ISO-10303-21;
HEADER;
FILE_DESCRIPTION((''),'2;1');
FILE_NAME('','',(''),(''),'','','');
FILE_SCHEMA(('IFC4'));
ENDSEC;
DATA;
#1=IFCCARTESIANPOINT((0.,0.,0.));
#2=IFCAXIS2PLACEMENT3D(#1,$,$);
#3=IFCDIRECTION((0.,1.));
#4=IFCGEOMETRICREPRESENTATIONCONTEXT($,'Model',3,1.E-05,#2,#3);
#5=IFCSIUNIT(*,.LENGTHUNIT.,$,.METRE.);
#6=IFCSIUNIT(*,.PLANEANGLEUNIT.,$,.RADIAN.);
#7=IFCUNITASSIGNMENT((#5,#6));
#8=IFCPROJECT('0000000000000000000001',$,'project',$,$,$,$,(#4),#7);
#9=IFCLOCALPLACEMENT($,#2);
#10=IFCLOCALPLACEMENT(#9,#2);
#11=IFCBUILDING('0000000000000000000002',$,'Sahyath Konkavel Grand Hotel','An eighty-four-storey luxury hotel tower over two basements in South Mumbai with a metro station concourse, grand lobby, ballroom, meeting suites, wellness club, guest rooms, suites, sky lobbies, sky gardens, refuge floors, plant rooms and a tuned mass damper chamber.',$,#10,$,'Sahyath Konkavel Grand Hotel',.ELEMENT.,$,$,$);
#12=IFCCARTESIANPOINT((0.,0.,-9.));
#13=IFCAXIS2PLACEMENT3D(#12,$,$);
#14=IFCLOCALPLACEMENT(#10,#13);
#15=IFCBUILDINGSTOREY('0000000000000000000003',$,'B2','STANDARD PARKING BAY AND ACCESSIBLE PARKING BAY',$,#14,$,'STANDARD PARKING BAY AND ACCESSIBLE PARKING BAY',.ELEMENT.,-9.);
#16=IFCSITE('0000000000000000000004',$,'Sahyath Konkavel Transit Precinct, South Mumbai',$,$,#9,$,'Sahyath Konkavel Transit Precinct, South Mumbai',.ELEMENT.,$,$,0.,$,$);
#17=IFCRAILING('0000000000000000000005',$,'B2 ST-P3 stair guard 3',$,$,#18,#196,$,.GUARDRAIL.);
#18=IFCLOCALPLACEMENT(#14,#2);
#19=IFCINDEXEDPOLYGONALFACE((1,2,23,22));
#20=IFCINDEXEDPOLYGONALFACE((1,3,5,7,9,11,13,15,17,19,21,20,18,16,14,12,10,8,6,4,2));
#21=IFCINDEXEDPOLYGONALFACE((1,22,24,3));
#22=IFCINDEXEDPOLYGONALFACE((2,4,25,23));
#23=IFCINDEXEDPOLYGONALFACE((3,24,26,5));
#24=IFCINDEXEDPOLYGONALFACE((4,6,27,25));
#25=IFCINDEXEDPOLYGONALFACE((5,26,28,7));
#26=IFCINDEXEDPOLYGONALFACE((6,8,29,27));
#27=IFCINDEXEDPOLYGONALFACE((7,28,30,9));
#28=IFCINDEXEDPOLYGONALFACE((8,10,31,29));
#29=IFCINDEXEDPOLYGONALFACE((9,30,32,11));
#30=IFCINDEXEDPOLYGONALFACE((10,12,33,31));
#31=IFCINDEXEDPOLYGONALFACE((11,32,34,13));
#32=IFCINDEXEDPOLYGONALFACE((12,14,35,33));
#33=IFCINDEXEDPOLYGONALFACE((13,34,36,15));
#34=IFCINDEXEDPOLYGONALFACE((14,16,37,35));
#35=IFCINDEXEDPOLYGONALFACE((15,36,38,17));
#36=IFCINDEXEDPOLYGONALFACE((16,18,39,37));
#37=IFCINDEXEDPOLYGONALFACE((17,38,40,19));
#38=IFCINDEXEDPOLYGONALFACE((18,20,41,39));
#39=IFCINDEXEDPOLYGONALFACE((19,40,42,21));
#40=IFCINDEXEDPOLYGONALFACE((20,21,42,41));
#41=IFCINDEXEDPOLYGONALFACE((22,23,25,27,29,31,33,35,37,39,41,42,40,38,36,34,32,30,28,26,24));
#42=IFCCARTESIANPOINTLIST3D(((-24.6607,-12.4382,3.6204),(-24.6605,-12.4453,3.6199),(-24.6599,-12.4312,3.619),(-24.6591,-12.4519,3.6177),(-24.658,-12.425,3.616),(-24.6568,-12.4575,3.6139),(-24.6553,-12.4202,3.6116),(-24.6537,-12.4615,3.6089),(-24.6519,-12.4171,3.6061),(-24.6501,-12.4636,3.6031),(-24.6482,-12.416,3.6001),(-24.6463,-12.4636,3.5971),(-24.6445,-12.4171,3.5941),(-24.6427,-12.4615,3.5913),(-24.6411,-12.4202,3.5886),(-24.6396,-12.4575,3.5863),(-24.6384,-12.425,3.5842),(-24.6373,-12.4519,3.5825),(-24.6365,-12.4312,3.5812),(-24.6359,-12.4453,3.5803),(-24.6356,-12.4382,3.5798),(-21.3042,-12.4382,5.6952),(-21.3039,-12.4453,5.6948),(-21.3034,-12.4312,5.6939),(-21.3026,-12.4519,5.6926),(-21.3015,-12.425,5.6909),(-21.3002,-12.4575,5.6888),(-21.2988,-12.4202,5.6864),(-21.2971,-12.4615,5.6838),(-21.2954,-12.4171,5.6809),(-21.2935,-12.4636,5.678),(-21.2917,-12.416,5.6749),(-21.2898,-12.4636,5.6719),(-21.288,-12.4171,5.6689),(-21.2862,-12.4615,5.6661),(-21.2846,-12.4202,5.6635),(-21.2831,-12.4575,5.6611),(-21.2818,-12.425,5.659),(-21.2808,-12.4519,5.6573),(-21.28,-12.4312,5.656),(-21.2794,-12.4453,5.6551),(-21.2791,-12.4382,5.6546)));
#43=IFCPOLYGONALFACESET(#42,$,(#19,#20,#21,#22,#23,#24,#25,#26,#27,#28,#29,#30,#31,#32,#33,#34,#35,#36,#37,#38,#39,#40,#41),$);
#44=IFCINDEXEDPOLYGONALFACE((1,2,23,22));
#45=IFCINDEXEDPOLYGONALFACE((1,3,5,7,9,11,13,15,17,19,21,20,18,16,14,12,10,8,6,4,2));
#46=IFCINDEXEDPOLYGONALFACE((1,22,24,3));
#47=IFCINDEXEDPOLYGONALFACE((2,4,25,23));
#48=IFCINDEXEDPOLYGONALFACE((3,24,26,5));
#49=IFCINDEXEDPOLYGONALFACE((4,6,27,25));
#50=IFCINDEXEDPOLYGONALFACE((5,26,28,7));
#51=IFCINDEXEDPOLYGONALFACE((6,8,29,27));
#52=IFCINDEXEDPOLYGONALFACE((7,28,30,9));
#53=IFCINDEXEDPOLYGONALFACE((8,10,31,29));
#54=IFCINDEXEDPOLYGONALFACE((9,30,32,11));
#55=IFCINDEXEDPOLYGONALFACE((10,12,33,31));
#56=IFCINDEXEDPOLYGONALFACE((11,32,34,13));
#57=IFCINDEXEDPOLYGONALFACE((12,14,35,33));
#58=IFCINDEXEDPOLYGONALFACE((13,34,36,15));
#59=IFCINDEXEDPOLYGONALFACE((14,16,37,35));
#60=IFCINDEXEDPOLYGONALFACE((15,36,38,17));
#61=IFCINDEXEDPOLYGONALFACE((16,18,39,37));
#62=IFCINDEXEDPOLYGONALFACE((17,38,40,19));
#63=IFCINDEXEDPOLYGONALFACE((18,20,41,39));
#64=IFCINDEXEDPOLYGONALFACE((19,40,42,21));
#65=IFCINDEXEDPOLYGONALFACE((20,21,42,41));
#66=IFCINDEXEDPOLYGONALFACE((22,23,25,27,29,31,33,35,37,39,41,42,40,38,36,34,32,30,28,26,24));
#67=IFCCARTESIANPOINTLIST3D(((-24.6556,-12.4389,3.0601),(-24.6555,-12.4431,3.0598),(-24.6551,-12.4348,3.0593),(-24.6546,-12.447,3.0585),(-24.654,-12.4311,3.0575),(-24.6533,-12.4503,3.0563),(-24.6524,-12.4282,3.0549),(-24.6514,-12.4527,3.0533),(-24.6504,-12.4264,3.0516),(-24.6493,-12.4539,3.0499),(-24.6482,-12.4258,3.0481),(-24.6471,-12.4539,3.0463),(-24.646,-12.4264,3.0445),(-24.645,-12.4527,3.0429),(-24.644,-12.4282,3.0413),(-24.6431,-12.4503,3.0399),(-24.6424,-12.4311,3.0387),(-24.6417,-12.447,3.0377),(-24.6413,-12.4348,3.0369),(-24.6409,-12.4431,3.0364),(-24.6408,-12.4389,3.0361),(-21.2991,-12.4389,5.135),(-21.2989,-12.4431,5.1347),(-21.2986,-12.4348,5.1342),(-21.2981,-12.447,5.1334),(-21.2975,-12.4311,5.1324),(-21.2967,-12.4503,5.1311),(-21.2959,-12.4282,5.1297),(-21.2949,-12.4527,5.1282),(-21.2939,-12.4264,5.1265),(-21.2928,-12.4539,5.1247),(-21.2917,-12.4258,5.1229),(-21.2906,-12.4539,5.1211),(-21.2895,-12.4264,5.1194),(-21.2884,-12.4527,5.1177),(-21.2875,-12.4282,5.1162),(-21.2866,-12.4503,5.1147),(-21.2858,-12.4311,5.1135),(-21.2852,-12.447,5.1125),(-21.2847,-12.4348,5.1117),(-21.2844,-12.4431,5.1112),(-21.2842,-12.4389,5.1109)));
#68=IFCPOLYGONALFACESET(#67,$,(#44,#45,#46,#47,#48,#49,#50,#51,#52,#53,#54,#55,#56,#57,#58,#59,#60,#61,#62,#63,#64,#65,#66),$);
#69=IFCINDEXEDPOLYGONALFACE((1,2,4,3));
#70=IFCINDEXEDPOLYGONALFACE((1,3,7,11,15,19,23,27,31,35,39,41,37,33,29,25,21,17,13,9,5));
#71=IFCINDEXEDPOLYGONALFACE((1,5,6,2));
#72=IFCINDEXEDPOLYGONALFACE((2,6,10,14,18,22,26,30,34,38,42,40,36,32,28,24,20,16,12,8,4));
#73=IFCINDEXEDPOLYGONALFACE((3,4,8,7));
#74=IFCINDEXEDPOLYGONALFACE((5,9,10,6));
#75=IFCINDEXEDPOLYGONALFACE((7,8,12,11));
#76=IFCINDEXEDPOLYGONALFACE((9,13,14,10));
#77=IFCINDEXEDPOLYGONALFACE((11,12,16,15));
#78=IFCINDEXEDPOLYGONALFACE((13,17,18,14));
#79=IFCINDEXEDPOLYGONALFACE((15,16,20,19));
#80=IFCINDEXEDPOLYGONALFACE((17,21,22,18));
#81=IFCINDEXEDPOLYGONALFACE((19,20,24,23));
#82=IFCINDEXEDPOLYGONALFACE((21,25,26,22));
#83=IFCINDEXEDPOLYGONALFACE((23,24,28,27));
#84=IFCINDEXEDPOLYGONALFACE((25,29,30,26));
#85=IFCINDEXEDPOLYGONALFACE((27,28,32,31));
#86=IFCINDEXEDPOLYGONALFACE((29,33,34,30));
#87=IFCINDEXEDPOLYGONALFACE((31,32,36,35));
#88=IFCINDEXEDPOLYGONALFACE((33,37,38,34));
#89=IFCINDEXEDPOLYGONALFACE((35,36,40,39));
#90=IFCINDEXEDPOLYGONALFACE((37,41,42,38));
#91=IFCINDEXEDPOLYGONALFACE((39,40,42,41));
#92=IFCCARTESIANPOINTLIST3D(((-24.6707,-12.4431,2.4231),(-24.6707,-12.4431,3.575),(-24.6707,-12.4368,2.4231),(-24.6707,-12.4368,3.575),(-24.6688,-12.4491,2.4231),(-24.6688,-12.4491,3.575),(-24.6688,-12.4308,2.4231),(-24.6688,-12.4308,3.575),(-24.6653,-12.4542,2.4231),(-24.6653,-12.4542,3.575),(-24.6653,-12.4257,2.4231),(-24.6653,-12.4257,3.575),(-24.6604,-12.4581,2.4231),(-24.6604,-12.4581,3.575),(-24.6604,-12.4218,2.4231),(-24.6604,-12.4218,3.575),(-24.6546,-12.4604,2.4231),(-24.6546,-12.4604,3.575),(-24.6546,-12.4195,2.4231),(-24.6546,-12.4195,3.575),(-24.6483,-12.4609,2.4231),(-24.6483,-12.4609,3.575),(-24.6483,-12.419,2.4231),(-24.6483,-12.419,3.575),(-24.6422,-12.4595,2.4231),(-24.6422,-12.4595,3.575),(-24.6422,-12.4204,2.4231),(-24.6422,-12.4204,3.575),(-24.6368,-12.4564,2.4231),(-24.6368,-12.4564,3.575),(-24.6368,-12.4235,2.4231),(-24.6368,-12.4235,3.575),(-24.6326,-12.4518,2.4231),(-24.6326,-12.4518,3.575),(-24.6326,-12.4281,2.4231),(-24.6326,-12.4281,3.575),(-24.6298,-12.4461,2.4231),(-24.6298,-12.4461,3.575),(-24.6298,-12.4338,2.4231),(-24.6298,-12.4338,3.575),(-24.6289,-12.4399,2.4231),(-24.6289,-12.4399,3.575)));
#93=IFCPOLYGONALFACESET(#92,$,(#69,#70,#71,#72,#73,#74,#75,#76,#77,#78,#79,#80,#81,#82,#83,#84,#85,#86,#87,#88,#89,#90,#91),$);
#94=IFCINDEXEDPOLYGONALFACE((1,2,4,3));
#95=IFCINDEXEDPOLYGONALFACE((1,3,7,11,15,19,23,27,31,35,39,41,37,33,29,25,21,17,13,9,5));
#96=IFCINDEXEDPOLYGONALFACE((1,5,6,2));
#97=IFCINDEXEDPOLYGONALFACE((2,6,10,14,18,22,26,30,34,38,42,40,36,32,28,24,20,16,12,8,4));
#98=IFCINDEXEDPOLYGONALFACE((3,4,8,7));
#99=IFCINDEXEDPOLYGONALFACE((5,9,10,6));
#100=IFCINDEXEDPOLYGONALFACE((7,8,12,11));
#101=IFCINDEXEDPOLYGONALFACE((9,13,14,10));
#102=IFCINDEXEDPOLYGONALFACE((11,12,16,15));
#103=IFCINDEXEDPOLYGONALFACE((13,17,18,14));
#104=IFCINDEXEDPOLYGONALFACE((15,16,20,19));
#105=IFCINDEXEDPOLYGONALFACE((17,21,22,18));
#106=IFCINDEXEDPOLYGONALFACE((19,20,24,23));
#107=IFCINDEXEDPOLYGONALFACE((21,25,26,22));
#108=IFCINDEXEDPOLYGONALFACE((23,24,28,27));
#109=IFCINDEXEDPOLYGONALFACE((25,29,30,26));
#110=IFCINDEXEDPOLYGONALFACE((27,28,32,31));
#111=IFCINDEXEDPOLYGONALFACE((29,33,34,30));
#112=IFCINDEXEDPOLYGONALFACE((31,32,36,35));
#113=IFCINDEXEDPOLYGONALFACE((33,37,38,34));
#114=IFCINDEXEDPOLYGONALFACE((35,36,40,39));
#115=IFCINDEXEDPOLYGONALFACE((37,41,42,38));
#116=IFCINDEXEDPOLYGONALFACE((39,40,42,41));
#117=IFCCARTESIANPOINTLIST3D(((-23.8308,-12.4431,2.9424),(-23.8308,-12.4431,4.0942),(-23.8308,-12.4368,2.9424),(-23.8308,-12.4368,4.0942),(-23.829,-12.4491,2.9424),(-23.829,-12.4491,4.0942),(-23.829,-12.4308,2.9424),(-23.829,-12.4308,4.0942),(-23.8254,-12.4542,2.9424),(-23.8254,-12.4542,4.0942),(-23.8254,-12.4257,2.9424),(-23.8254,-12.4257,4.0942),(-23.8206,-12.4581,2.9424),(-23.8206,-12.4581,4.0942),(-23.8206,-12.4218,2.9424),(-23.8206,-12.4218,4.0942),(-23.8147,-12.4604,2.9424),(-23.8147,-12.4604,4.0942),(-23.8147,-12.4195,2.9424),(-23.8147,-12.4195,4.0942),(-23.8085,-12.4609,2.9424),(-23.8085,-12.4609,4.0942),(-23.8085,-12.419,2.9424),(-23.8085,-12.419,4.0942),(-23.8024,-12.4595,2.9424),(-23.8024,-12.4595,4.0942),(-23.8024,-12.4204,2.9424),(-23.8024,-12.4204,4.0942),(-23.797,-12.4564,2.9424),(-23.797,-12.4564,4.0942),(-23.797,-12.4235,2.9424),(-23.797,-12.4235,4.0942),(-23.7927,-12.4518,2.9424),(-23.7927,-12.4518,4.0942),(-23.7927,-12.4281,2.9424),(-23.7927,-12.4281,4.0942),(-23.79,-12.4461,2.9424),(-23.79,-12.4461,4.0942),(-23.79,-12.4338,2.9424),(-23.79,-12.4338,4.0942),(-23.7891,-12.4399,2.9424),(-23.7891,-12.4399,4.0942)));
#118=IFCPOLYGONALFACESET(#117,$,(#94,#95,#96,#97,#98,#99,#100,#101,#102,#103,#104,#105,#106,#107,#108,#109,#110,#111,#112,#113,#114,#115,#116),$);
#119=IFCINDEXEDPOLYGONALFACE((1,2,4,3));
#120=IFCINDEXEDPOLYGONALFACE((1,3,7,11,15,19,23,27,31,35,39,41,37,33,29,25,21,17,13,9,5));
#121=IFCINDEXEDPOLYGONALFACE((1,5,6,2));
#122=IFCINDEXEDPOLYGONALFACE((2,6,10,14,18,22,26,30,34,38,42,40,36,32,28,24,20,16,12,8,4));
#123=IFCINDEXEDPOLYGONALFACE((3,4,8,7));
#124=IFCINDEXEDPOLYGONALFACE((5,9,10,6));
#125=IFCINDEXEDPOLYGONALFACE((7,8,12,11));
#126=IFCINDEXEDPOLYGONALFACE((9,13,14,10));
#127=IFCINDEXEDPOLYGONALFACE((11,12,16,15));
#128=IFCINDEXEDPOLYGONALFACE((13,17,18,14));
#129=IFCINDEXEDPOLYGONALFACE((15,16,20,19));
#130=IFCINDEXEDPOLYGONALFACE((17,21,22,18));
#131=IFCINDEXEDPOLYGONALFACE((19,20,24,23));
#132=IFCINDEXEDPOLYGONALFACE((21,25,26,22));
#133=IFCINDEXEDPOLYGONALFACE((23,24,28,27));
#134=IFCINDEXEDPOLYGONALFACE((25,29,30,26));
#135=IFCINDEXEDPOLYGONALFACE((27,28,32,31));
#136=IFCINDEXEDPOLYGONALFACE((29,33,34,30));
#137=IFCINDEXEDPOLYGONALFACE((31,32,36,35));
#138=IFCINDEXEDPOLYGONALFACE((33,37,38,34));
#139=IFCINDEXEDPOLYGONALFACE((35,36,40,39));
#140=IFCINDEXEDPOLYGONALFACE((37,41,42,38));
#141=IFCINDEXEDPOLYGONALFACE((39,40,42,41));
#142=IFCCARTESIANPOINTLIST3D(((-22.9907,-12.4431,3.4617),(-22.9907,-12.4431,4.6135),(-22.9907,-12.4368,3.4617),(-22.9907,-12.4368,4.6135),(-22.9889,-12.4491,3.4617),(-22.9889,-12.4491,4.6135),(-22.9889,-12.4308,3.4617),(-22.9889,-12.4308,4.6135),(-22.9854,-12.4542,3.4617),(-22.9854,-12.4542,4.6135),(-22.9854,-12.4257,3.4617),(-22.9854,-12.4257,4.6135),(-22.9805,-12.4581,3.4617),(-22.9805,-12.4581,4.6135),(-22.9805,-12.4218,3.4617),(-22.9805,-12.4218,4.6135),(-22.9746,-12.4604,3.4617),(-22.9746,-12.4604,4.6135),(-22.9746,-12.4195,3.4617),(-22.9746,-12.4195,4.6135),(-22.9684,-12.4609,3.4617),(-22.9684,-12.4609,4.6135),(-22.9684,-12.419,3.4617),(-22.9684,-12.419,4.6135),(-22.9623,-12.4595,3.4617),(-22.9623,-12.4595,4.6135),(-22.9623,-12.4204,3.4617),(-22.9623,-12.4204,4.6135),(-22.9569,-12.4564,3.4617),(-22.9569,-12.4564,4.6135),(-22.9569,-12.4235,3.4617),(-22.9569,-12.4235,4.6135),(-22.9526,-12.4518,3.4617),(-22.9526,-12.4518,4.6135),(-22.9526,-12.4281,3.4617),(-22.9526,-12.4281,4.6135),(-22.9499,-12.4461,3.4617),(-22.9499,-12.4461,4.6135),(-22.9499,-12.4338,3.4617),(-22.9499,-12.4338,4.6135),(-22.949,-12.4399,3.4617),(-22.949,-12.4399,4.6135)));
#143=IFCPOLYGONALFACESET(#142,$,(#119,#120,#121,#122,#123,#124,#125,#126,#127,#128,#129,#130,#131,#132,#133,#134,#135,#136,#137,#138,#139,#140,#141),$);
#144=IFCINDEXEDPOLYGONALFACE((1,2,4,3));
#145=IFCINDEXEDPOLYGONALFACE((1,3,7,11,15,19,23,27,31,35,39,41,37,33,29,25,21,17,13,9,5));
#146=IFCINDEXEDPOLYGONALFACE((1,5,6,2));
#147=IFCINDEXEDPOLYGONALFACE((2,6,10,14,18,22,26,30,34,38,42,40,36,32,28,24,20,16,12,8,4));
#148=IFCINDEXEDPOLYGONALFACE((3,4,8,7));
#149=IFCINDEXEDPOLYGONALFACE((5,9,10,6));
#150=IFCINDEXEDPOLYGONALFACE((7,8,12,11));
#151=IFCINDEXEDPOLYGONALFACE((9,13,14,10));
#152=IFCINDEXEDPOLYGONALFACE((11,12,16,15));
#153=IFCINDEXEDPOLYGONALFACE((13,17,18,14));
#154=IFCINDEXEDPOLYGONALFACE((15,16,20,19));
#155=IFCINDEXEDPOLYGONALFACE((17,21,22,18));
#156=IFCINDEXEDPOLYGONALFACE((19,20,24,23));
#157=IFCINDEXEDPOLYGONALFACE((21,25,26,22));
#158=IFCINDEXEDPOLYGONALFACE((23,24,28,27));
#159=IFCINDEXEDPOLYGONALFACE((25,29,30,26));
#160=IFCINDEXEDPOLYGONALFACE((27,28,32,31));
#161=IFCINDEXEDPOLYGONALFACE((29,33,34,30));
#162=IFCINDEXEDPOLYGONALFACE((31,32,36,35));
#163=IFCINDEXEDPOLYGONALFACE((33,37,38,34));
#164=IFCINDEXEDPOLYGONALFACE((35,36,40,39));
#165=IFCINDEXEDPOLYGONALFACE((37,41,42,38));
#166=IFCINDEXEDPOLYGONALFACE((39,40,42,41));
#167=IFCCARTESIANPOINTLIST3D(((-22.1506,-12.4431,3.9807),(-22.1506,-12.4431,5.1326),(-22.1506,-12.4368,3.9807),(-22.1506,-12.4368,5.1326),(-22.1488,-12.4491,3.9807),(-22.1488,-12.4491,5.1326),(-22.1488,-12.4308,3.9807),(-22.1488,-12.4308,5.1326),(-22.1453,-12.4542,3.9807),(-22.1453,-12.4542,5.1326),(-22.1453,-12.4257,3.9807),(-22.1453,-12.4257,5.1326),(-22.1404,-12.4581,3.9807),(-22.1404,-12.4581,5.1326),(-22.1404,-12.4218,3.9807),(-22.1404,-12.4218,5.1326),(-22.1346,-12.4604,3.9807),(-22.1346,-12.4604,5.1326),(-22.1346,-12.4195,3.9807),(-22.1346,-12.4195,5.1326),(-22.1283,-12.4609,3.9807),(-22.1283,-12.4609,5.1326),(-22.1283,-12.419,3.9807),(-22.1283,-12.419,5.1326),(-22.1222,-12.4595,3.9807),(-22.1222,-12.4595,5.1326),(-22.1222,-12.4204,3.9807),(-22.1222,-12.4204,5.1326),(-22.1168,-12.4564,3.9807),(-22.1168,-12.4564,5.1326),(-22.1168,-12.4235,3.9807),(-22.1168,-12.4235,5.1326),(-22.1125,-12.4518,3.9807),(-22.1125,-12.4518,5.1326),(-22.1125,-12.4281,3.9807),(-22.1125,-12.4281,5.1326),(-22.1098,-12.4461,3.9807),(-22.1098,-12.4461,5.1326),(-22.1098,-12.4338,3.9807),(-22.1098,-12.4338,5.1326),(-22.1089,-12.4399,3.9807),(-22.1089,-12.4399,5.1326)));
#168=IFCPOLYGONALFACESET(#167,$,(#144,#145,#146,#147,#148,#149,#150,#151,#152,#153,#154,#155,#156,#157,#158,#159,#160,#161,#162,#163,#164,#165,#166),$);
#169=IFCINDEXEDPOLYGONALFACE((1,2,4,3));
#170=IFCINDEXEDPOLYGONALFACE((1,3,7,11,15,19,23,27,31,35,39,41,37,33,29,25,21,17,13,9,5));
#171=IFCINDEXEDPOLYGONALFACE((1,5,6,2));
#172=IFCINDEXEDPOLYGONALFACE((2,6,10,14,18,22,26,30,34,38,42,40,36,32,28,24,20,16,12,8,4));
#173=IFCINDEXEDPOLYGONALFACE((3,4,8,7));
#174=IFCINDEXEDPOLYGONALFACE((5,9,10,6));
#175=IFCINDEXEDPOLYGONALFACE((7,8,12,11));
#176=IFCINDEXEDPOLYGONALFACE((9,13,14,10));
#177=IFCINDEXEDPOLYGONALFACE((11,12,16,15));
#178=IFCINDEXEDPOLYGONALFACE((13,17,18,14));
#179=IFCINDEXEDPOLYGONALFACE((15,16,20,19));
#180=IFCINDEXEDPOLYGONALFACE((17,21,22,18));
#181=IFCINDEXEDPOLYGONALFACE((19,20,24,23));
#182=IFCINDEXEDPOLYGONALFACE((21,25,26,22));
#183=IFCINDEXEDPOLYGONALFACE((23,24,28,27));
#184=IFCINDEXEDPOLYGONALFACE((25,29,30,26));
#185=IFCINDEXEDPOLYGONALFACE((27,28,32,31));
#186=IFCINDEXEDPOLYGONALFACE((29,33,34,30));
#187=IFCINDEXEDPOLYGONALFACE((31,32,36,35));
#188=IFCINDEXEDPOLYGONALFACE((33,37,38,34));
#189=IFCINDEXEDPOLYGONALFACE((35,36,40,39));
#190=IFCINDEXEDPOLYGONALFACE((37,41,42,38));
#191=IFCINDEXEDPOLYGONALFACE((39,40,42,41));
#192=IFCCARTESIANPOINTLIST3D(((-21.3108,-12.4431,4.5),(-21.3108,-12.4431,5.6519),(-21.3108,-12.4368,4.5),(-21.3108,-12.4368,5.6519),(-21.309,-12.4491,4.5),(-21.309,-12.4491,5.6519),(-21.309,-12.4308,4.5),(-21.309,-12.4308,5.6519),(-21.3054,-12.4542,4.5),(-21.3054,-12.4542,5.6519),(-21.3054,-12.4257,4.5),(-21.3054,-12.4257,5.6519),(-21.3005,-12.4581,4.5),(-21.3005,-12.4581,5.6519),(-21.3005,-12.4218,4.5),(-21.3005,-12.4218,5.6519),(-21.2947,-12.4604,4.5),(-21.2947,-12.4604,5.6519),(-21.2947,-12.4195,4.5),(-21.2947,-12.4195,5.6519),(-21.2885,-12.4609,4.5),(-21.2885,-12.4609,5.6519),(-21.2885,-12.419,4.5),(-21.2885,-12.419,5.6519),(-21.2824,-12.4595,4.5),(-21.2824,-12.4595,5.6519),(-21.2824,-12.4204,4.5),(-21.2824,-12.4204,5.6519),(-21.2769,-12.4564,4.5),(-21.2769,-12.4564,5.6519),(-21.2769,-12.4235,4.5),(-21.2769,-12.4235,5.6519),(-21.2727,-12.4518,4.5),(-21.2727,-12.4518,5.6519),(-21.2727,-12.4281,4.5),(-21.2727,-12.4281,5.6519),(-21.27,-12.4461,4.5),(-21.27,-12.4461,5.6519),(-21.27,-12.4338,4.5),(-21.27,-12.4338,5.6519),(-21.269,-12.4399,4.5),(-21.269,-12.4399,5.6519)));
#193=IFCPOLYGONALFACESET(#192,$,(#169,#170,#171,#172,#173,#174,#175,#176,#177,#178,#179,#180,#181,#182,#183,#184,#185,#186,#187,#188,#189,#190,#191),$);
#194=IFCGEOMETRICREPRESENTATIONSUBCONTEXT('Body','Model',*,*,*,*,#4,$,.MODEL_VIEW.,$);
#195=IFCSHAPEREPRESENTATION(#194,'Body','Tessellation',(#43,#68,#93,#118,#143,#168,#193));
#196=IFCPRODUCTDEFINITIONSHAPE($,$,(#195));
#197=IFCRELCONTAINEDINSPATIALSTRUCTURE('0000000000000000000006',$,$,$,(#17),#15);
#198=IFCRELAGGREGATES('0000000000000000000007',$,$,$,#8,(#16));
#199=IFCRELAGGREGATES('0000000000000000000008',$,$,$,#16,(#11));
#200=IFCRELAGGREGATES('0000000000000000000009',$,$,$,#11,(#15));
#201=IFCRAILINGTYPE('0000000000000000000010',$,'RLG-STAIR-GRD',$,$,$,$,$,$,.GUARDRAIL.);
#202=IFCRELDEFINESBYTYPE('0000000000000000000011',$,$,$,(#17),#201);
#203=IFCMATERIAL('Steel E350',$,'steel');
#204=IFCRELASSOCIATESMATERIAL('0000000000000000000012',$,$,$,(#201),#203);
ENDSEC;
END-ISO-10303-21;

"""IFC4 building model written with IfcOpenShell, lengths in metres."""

from ifc_helpers import new_model, si_unit, direction, frame, origin, origin_2d, place, context, subcontext, project, spatial, circle, extrude, material, type_object, element, save


model = new_model("IFC4")

# Units and contexts
model_context = context("Model", 3, precision=1e-05, world=origin(), true_north=direction((0.0, 1.0)))
body_context = subcontext(model_context, "Body", "Model", "MODEL_VIEW")
ifc_project = project(units=[si_unit("LENGTHUNIT", "METRE"), si_unit("PLANEANGLEUNIT", "RADIAN")], contexts=[model_context])

# Site, building, storey
site_placement = place(None, origin())
site = spatial("IfcSite", under=ifc_project, at=site_placement, Name="Sahyath Konkavel Transit Precinct, South Mumbai", LongName="Sahyath Konkavel Transit Precinct, South Mumbai", CompositionType="ELEMENT", RefElevation=0.0)
building_placement = place(site_placement, origin())
building = spatial("IfcBuilding", under=site, at=building_placement, Name="Sahyath Konkavel Grand Hotel", Description="An eighty-four-storey luxury hotel tower over two basements in South Mumbai with a metro station concourse, grand lobby, ballroom, meeting suites, wellness club, guest rooms, suites, sky lobbies, sky gardens, refuge floors, plant rooms and a tuned mass damper chamber.", LongName="Sahyath Konkavel Grand Hotel", CompositionType="ELEMENT")
storey_placement = place(building_placement, frame((0.0, 0.0, -9.0)))
storey = spatial("IfcBuildingStorey", under=building, at=storey_placement, Name="B2", Description="STANDARD PARKING BAY AND ACCESSIBLE PARKING BAY", LongName="STANDARD PARKING BAY AND ACCESSIBLE PARKING BAY", CompositionType="ELEMENT", Elevation=-9.0)

# Shared definitions
ifc_material_1 = material(Name="Steel E350", Category="steel")

# Railing
railing_type_1 = type_object("IfcRailingType", Name="RLG-STAIR-GRD", PredefinedType="GUARDRAIL", material=ifc_material_1)
railing_1_placement = place(storey_placement, frame((-24.6499, -12.4399, 2.4231)))
element("IfcRailing", 1, at=railing_1_placement, inside=storey, type_object=railing_type_1, Name="B2 ST-P3 stair guard 3", PredefinedType="GUARDRAIL", context=body_context, shape_type="SweptSolid", body=[
    extrude(circle(Radius=0.0239, at=origin_2d()), frame((0.0017, 0.0, 1.177), z_axis=(0.850606, 0.0, 0.525803), x_axis=(0.0, 1.0, 0.0)), (0.0, 0.0, 1.0), 3.946),
    extrude(circle(Radius=0.0142, at=origin_2d()), frame((0.0017, 0.0, 0.625), z_axis=(0.850606, 0.0, 0.525803), x_axis=(0.0, 1.0, 0.0)), (0.0, 0.0, 1.0), 3.946),
    extrude(circle(Radius=0.021, at=origin_2d()), origin(), (0.0, 0.0, 1.0), 1.1519),
    extrude(circle(Radius=0.021, at=origin_2d()), frame((0.8398, 0.0, 0.5193)), (0.0, 0.0, 1.0), 1.1519),
    extrude(circle(Radius=0.021, at=origin_2d()), frame((1.6799, 0.0, 1.0386)), (0.0, 0.0, 1.0), 1.1519),
    extrude(circle(Radius=0.021, at=origin_2d()), frame((2.52, 0.0, 1.5576)), (0.0, 0.0, 1.0), 1.1519),
    extrude(circle(Radius=0.021, at=origin_2d()), frame((3.3599, 0.0, 2.0769)), (0.0, 0.0, 1.0), 1.1519),
])

save(model, "model.ifc")
